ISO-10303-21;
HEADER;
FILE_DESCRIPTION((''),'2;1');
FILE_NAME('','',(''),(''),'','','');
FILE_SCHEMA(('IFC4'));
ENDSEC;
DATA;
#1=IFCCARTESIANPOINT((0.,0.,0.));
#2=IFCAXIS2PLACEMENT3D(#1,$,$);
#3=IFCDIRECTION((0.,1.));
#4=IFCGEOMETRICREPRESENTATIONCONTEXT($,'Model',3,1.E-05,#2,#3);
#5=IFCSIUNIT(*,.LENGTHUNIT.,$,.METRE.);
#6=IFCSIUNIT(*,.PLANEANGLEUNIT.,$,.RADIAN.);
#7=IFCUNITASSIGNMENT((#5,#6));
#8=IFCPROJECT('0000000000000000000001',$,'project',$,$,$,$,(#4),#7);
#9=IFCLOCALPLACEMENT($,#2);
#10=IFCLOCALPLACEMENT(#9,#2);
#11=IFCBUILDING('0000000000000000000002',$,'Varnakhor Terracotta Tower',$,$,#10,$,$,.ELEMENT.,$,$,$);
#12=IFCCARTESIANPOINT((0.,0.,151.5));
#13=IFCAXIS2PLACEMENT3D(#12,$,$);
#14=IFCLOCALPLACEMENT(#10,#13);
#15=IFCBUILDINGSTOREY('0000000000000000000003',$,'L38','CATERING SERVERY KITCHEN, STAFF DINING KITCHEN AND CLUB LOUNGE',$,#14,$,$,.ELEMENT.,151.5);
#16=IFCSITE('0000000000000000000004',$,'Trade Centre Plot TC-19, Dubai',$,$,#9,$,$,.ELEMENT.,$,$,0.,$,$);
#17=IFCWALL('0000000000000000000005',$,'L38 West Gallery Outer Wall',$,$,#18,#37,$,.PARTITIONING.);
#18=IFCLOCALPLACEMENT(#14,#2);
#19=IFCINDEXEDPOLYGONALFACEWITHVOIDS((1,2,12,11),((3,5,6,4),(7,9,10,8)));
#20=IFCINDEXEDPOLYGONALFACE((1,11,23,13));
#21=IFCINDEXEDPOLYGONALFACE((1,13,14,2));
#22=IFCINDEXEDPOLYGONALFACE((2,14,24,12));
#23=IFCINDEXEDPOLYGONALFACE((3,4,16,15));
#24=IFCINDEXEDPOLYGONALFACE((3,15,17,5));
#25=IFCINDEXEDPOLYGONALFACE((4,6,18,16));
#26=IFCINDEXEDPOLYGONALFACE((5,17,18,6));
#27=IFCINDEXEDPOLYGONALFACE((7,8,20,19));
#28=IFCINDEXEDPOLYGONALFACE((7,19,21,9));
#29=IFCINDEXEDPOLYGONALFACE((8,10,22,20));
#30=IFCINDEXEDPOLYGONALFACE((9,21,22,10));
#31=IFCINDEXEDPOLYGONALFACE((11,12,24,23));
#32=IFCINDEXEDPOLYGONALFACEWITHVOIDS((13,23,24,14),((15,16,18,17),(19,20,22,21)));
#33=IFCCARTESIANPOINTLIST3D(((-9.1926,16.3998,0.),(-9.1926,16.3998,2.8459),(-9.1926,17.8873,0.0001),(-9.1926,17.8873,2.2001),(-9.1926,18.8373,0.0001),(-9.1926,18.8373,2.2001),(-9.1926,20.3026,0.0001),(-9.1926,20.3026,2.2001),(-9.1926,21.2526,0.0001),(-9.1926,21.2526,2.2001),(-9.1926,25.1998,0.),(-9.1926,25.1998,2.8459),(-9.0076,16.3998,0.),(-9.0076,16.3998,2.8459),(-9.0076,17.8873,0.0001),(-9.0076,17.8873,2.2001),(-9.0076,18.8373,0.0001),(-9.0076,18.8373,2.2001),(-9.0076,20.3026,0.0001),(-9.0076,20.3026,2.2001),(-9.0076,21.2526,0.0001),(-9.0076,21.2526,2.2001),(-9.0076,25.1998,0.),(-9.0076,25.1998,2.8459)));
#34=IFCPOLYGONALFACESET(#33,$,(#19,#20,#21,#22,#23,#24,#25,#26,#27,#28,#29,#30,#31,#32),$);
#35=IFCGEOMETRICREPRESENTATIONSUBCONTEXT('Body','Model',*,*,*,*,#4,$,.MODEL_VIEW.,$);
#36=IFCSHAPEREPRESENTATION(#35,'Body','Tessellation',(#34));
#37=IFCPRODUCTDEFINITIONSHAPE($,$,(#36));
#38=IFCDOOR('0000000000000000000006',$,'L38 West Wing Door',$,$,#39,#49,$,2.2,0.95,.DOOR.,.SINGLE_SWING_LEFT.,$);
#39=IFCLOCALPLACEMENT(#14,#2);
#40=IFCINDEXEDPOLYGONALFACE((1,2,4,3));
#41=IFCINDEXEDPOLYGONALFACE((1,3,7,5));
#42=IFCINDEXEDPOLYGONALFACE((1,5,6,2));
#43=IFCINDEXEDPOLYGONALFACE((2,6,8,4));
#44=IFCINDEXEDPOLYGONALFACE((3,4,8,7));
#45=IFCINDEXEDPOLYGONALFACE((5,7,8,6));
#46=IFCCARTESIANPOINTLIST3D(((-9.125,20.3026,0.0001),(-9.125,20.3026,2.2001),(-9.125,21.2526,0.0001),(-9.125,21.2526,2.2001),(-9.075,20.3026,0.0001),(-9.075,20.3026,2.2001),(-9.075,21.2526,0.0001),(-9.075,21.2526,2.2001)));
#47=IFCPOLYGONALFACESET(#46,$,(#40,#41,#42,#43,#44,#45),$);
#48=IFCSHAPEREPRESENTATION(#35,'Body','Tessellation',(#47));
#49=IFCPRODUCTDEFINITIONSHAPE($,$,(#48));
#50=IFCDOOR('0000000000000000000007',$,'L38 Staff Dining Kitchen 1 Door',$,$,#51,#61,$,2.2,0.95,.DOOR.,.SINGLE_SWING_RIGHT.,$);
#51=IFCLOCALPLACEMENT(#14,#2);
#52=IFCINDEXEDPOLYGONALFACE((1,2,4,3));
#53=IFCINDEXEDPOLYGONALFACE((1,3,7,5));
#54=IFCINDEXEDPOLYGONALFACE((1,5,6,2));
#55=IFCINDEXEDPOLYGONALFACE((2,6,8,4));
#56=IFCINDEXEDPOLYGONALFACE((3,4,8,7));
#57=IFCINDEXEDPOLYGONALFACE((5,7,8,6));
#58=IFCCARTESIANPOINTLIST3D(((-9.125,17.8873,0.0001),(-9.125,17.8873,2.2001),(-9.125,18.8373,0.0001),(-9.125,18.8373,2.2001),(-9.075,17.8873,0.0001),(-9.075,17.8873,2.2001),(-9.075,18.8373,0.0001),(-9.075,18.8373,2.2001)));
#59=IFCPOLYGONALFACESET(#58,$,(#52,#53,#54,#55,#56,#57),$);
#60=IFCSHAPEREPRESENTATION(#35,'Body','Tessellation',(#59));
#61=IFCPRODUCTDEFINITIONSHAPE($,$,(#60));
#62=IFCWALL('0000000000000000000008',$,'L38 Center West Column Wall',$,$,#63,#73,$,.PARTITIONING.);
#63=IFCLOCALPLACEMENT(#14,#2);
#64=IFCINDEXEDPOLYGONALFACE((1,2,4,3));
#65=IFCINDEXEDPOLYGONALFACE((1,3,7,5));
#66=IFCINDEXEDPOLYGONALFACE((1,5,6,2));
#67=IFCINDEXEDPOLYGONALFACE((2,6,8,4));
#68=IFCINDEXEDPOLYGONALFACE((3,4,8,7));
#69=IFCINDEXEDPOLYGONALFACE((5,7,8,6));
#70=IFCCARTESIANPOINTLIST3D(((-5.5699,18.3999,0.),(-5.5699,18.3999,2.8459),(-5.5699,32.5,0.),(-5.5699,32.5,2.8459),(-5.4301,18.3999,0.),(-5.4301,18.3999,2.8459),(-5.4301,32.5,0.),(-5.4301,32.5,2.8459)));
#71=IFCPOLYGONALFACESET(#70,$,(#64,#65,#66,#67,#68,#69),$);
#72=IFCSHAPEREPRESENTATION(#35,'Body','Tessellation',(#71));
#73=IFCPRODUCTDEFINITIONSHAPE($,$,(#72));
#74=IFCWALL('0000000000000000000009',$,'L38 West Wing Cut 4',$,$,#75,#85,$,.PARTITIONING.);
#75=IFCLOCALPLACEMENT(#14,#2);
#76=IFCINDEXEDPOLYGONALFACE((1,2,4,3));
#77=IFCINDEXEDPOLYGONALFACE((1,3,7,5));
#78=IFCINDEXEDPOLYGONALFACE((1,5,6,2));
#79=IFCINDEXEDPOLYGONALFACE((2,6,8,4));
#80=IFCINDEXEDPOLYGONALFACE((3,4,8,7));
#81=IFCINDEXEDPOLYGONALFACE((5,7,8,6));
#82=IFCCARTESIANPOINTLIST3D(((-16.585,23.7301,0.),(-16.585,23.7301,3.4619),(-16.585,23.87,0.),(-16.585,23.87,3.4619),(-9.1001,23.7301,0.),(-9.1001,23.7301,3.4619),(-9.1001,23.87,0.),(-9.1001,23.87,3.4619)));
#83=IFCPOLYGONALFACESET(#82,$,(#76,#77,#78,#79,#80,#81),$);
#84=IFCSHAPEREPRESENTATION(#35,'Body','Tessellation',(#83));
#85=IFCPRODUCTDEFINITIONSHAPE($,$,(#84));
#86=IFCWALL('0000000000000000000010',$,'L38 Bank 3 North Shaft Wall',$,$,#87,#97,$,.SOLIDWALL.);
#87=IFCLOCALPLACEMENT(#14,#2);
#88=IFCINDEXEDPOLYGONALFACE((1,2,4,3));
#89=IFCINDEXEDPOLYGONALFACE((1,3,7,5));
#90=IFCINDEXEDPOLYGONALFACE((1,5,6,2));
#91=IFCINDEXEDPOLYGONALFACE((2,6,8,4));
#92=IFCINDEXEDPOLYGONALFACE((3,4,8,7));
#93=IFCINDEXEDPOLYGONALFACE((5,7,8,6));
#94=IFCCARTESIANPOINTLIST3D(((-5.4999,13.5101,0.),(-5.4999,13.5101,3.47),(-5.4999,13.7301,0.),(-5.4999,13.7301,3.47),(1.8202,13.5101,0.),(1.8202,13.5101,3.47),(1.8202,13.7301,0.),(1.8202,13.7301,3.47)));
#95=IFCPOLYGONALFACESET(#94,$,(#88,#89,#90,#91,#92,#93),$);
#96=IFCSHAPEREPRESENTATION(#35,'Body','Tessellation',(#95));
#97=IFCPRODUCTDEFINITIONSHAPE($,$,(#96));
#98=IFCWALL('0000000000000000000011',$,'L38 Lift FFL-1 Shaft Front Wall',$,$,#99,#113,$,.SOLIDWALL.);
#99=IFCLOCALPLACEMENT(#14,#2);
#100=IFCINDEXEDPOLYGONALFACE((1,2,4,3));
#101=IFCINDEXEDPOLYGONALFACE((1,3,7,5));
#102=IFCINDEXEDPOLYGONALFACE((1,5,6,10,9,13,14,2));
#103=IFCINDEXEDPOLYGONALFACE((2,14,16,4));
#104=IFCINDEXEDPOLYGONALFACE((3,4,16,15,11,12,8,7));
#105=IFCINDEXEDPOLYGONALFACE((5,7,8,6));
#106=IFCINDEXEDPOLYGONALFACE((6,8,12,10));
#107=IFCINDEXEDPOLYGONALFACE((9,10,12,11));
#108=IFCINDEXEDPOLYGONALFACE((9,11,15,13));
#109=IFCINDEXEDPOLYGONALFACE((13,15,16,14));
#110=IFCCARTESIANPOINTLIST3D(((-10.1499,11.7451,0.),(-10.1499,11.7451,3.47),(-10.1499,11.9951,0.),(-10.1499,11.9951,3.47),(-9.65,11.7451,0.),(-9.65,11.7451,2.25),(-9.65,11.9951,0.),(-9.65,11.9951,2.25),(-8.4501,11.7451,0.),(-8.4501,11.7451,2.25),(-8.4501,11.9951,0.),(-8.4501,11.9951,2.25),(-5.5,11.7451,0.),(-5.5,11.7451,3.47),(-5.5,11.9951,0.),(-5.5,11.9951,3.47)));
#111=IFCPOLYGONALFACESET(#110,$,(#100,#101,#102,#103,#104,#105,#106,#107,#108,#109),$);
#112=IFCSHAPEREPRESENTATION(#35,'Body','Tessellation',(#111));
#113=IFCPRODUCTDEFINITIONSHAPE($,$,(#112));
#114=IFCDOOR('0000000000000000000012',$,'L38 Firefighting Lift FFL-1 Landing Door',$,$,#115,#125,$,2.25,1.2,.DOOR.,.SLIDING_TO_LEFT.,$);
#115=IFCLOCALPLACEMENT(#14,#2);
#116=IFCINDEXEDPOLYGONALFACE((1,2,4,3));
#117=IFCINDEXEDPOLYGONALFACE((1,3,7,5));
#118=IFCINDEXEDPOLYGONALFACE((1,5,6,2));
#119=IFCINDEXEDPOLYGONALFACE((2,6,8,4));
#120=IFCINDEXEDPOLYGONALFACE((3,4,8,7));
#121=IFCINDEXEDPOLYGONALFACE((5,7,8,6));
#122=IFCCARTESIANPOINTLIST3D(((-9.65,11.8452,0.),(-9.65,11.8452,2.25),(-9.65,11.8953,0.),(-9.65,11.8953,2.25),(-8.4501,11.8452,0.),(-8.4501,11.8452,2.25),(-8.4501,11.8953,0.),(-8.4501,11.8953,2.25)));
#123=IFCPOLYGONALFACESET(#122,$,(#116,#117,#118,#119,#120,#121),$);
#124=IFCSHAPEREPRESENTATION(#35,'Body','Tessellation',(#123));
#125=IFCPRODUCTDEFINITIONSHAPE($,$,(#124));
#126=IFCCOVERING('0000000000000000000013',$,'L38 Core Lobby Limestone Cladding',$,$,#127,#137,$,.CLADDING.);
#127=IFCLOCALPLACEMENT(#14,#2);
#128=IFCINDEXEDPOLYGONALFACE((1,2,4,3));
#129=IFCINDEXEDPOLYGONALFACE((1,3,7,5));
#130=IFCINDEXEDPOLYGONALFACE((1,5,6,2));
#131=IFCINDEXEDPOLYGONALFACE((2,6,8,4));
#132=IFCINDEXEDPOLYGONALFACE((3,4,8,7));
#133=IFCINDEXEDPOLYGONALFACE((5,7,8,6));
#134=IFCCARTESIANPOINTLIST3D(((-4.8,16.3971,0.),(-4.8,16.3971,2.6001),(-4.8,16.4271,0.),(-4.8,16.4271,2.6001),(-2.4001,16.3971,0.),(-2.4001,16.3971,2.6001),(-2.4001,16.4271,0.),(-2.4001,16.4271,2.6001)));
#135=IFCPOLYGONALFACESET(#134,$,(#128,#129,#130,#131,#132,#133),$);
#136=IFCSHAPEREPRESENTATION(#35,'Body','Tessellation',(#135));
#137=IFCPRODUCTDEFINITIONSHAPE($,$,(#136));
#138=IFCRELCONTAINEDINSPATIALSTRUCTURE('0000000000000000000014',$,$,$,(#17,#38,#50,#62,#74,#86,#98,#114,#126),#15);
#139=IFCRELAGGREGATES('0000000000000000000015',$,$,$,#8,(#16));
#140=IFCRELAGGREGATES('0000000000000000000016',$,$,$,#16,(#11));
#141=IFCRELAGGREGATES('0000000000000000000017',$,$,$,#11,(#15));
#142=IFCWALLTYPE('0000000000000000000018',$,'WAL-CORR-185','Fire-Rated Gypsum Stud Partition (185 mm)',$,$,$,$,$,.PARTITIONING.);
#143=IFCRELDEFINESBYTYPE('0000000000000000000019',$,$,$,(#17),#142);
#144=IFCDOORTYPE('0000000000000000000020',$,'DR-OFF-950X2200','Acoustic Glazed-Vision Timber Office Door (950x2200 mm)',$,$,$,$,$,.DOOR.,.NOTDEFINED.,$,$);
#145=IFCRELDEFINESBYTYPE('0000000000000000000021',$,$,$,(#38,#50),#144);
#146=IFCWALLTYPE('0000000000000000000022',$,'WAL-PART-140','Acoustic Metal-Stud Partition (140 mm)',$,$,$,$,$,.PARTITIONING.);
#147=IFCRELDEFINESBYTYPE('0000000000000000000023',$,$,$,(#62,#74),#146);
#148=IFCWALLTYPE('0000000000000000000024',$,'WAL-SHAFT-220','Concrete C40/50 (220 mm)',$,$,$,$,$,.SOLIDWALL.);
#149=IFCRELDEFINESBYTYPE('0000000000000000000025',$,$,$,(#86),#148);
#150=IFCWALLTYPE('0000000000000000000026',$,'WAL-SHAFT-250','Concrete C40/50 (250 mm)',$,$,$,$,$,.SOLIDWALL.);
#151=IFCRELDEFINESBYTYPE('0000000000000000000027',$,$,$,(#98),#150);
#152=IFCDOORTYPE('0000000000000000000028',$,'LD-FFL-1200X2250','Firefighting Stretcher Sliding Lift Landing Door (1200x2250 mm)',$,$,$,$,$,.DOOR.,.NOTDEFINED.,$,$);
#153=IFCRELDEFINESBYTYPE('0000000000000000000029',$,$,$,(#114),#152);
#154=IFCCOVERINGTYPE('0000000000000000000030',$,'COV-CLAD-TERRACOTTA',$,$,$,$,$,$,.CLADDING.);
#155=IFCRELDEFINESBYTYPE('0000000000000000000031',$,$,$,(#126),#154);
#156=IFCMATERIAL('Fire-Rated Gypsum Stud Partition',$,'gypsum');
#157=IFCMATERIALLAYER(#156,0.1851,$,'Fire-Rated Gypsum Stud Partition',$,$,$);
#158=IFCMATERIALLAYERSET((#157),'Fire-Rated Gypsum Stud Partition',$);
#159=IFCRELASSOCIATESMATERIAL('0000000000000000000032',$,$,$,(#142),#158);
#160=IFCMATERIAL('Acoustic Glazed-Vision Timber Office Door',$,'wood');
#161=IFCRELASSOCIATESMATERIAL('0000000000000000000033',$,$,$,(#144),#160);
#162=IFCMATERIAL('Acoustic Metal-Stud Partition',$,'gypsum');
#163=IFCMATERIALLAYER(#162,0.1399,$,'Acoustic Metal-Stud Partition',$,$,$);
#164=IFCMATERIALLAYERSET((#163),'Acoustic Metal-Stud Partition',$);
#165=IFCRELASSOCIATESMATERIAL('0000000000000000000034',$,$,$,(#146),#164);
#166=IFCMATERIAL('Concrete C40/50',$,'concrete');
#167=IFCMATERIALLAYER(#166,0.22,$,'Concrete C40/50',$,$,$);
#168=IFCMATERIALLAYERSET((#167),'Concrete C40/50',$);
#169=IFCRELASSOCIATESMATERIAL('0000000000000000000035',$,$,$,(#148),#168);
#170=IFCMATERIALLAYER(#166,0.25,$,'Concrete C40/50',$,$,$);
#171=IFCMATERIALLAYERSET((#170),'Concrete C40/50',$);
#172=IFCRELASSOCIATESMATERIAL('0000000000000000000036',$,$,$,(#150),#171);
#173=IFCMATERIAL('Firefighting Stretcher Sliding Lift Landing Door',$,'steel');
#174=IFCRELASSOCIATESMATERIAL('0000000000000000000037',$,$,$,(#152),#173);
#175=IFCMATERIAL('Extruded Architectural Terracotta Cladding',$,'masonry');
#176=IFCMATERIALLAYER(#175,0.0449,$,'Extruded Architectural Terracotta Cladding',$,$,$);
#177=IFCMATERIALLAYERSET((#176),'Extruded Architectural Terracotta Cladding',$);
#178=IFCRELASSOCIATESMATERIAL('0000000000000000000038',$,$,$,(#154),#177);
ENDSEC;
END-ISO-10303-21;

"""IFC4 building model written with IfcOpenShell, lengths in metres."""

from ifc_helpers import new_model, si_unit, direction, frame, frame_2d, origin, origin_2d, place, context, subcontext, project, spatial, rectangle, extrude, source, transform, mapped, material, layer, layer_set, type_object, type_shapes, element, fill, save


model = new_model("IFC4")

# Units and contexts
model_context = context("Model", 3, precision=1e-05, world=origin(), true_north=direction((0.0, 1.0)))
body_context = subcontext(model_context, "Body", "Model", "MODEL_VIEW")
ifc_project = project(units=[si_unit("LENGTHUNIT", "METRE"), si_unit("PLANEANGLEUNIT", "RADIAN")], contexts=[model_context])

# Site, building, storey
site_placement = place(None, origin())
site = spatial("IfcSite", under=ifc_project, at=site_placement, Name="Trade Centre Plot TC-19, Dubai", CompositionType="ELEMENT", RefElevation=0.0)
building_placement = place(site_placement, origin())
building = spatial("IfcBuilding", under=site, at=building_placement, Name="Varnakhor Terracotta Tower", CompositionType="ELEMENT")
storey_placement = place(building_placement, frame((0.0, 0.0, 151.5)))
storey = spatial("IfcBuildingStorey", under=building, at=storey_placement, Name="L38", Description="CATERING SERVERY KITCHEN, STAFF DINING KITCHEN AND CLUB LOUNGE", CompositionType="ELEMENT", Elevation=151.5)

# Shared definitions
ifc_material_1 = material(Name="Fire-Rated Gypsum Stud Partition", Category="gypsum")
ifc_layer_1 = layer(ifc_material_1, 0.1851, Name="Fire-Rated Gypsum Stud Partition")
ifc_layer_set_1 = layer_set([ifc_layer_1], Name="Fire-Rated Gypsum Stud Partition")
wall_type_1 = type_object("IfcWallType", Name="WAL-CORR-185", Description="Fire-Rated Gypsum Stud Partition (185 mm)", PredefinedType="PARTITIONING", material=ifc_layer_set_1)
ifc_material_2 = material(Name="Acoustic Glazed-Vision Timber Office Door", Category="wood")
door_type_1 = type_object("IfcDoorType", Name="DR-OFF-950X2200", Description="Acoustic Glazed-Vision Timber Office Door (950x2200 mm)", OperationType="NOTDEFINED", PredefinedType="DOOR", material=ifc_material_2)
shared_shape_1 = source(origin(), body_context, "Body", "SweptSolid", [
    extrude(rectangle(XDim=0.95, YDim=2.2, at=frame_2d((0.4751, 1.1001))), frame((0.0, 0.0249, 0.0), z_axis=(0.0, -1.0, 0.0), x_axis=(1.0, 0.0, 0.0)), (0.0, 0.0, 1.0), 0.05),
])
type_shapes(door_type_1, [shared_shape_1])

# Wall, openings, doors
wall_1_placement = place(storey_placement, frame((-9.1001, 16.3999, 0.0), z_axis=(0.0, 0.0, 1.0), x_axis=(0.0, 1.0, 0.0)))
wall_1 = element("IfcWall", 1, at=wall_1_placement, inside=storey, type_object=wall_type_1, Name="L38 West Gallery Outer Wall", PredefinedType="PARTITIONING", context=body_context, shape_type="SweptSolid", body=[
    extrude(rectangle(XDim=8.8, YDim=0.1851, at=frame_2d((4.3999, 0.0))), origin(), (0.0, 0.0, 1.0), 2.8459),
])
opening_1_placement = place(wall_1_placement, frame((3.9026, 0.0, 0.0)))
opening_1 = element("IfcOpeningElement", 2, at=opening_1_placement, cuts=wall_1, PredefinedType="OPENING", context=body_context, shape_type="SweptSolid", body=[
    extrude(rectangle(XDim=0.95, YDim=2.2, at=frame_2d((0.4751, 1.1001))), frame((0.0, 0.1025, 0.0), z_axis=(0.0, -1.0, 0.0), x_axis=(1.0, 0.0, 0.0)), (0.0, 0.0, 1.0), 0.2051),
])
opening_2_placement = place(wall_1_placement, frame((1.4873, 0.0, 0.0)))
opening_2 = element("IfcOpeningElement", 3, at=opening_2_placement, cuts=wall_1, PredefinedType="OPENING", context=body_context, shape_type="SweptSolid", body=[
    extrude(rectangle(XDim=0.95, YDim=2.2, at=frame_2d((0.4751, 1.1001))), frame((0.0, 0.1025, 0.0), z_axis=(0.0, -1.0, 0.0), x_axis=(1.0, 0.0, 0.0)), (0.0, 0.0, 1.0), 0.2051),
])
door_1_placement = place(opening_1_placement, origin())
door_1 = element("IfcDoor", 4, at=door_1_placement, inside=storey, type_object=door_type_1, Name="L38 West Wing Door", OperationType="SINGLE_SWING_LEFT", OverallHeight=2.2, OverallWidth=0.95, PredefinedType="DOOR", context=body_context, shape_type="MappedRepresentation", body=[
    mapped(shared_shape_1, transform((0.0, 0.0, 0.0), scale=1.0)),
])
fill(opening_1, door_1)
door_2_placement = place(opening_2_placement, origin())
door_2 = element("IfcDoor", 5, at=door_2_placement, inside=storey, type_object=door_type_1, Name="L38 Staff Dining Kitchen 1 Door", OperationType="SINGLE_SWING_RIGHT", OverallHeight=2.2, OverallWidth=0.95, PredefinedType="DOOR", context=body_context, shape_type="MappedRepresentation", body=[
    mapped(shared_shape_1, transform((0.0, 0.0, 0.0), scale=1.0)),
])
fill(opening_2, door_2)

# Walls
ifc_material_3 = material(Name="Acoustic Metal-Stud Partition", Category="gypsum")
ifc_layer_2 = layer(ifc_material_3, 0.1399, Name="Acoustic Metal-Stud Partition")
ifc_layer_set_2 = layer_set([ifc_layer_2], Name="Acoustic Metal-Stud Partition")
wall_type_2 = type_object("IfcWallType", Name="WAL-PART-140", Description="Acoustic Metal-Stud Partition (140 mm)", PredefinedType="PARTITIONING", material=ifc_layer_set_2)
wall_2_placement = place(storey_placement, frame((-5.5, 18.3999, 0.0), z_axis=(0.0, 0.0, 1.0), x_axis=(0.0, 1.0, 0.0)))
element("IfcWall", 6, at=wall_2_placement, inside=storey, type_object=wall_type_2, Name="L38 Center West Column Wall", PredefinedType="PARTITIONING", context=body_context, shape_type="SweptSolid", body=[
    extrude(rectangle(XDim=14.1001, YDim=0.1399, at=frame_2d((7.05, 0.0))), origin(), (0.0, 0.0, 1.0), 2.8459),
])
wall_3_placement = place(storey_placement, frame((-16.585, 23.8, 0.0), z_axis=(0.0, 0.0, 1.0), x_axis=(1.0, 0.0, 0.0)))
element("IfcWall", 7, at=wall_3_placement, inside=storey, type_object=wall_type_2, Name="L38 West Wing Cut 4", PredefinedType="PARTITIONING", context=body_context, shape_type="SweptSolid", body=[
    extrude(rectangle(XDim=7.4849, YDim=0.1399, at=frame_2d((3.7424, 0.0))), origin(), (0.0, 0.0, 1.0), 3.4619),
])
ifc_material_4 = material(Name="Concrete C40/50", Category="concrete")
ifc_layer_3 = layer(ifc_material_4, 0.22, Name="Concrete C40/50")
ifc_layer_set_3 = layer_set([ifc_layer_3], Name="Concrete C40/50")
wall_type_3 = type_object("IfcWallType", Name="WAL-SHAFT-220", Description="Concrete C40/50 (220 mm)", PredefinedType="SOLIDWALL", material=ifc_layer_set_3)
wall_4_placement = place(storey_placement, frame((-5.5, 13.6201, 0.0), z_axis=(0.0, 0.0, 1.0), x_axis=(1.0, 0.0, 0.0)))
element("IfcWall", 8, at=wall_4_placement, inside=storey, type_object=wall_type_3, Name="L38 Bank 3 North Shaft Wall", PredefinedType="SOLIDWALL", context=body_context, shape_type="SweptSolid", body=[
    extrude(rectangle(XDim=7.3201, YDim=0.22, at=frame_2d((3.6602, 0.0))), origin(), (0.0, 0.0, 1.0), 3.47),
])

# Wall, opening, door
ifc_layer_4 = layer(ifc_material_4, 0.25, Name="Concrete C40/50")
ifc_layer_set_4 = layer_set([ifc_layer_4], Name="Concrete C40/50")
wall_type_4 = type_object("IfcWallType", Name="WAL-SHAFT-250", Description="Concrete C40/50 (250 mm)", PredefinedType="SOLIDWALL", material=ifc_layer_set_4)
wall_5_placement = place(storey_placement, frame((-5.5, 11.8701, 0.0), z_axis=(0.0, 0.0, 1.0), x_axis=(-1.0, 0.0, 0.0)))
wall_5 = element("IfcWall", 9, at=wall_5_placement, inside=storey, type_object=wall_type_4, Name="L38 Lift FFL-1 Shaft Front Wall", PredefinedType="SOLIDWALL", context=body_context, shape_type="SweptSolid", body=[
    extrude(rectangle(XDim=4.6499, YDim=0.25, at=frame_2d((2.325, 0.0))), origin(), (0.0, 0.0, 1.0), 3.47),
])
opening_3_placement = place(wall_5_placement, frame((2.95, 0.0, 0.0)))
opening_3 = element("IfcOpeningElement", 10, at=opening_3_placement, cuts=wall_5, PredefinedType="OPENING", context=body_context, shape_type="SweptSolid", body=[
    extrude(rectangle(XDim=1.2, YDim=2.25, at=frame_2d((0.6001, 1.125))), frame((0.0, 0.135, 0.0), z_axis=(0.0, -1.0, 0.0), x_axis=(1.0, 0.0, 0.0)), (0.0, 0.0, 1.0), 0.27),
])
ifc_material_5 = material(Name="Firefighting Stretcher Sliding Lift Landing Door", Category="steel")
door_type_2 = type_object("IfcDoorType", Name="LD-FFL-1200X2250", Description="Firefighting Stretcher Sliding Lift Landing Door (1200x2250 mm)", OperationType="NOTDEFINED", PredefinedType="DOOR", material=ifc_material_5)
shared_shape_2 = source(origin(), body_context, "Body", "SweptSolid", [
    extrude(rectangle(XDim=1.2, YDim=2.25, at=frame_2d((0.6001, 1.125))), frame((0.0, 0.0249, 0.0), z_axis=(0.0, -1.0, 0.0), x_axis=(1.0, 0.0, 0.0)), (0.0, 0.0, 1.0), 0.05),
])
type_shapes(door_type_2, [shared_shape_2])
door_3_placement = place(opening_3_placement, origin())
door_3 = element("IfcDoor", 11, at=door_3_placement, inside=storey, type_object=door_type_2, Name="L38 Firefighting Lift FFL-1 Landing Door", OperationType="SLIDING_TO_LEFT", OverallHeight=2.25, OverallWidth=1.2, PredefinedType="DOOR", context=body_context, shape_type="MappedRepresentation", body=[
    mapped(shared_shape_2, transform((0.0, 0.0, 0.0), scale=1.0)),
])
fill(opening_3, door_3)

# Covering
ifc_material_6 = material(Name="Extruded Architectural Terracotta Cladding", Category="masonry")
ifc_layer_5 = layer(ifc_material_6, 0.0449, Name="Extruded Architectural Terracotta Cladding")
ifc_layer_set_5 = layer_set([ifc_layer_5], Name="Extruded Architectural Terracotta Cladding")
covering_type = type_object("IfcCoveringType", Name="COV-CLAD-TERRACOTTA", PredefinedType="CLADDING", material=ifc_layer_set_5)
shared_shape_3 = source(origin(), body_context, "Body", "SweptSolid", [
    extrude(rectangle(XDim=2.3999, YDim=0.03, at=origin_2d()), origin(), (0.0, 0.0, 1.0), 2.6001),
])
type_shapes(covering_type, [shared_shape_3])
covering_placement = place(storey_placement, frame((-3.6001, 16.4121, 0.0), z_axis=(0.0, 0.0, 1.0), x_axis=(1.0, 0.0, 0.0)))
element("IfcCovering", 12, at=covering_placement, inside=storey, type_object=covering_type, Name="L38 Core Lobby Limestone Cladding", PredefinedType="CLADDING", context=body_context, shape_type="MappedRepresentation", body=[
    mapped(shared_shape_3, transform((0.0, 0.0, 0.0), scale=1.0)),
])

save(model, "model.ifc")
